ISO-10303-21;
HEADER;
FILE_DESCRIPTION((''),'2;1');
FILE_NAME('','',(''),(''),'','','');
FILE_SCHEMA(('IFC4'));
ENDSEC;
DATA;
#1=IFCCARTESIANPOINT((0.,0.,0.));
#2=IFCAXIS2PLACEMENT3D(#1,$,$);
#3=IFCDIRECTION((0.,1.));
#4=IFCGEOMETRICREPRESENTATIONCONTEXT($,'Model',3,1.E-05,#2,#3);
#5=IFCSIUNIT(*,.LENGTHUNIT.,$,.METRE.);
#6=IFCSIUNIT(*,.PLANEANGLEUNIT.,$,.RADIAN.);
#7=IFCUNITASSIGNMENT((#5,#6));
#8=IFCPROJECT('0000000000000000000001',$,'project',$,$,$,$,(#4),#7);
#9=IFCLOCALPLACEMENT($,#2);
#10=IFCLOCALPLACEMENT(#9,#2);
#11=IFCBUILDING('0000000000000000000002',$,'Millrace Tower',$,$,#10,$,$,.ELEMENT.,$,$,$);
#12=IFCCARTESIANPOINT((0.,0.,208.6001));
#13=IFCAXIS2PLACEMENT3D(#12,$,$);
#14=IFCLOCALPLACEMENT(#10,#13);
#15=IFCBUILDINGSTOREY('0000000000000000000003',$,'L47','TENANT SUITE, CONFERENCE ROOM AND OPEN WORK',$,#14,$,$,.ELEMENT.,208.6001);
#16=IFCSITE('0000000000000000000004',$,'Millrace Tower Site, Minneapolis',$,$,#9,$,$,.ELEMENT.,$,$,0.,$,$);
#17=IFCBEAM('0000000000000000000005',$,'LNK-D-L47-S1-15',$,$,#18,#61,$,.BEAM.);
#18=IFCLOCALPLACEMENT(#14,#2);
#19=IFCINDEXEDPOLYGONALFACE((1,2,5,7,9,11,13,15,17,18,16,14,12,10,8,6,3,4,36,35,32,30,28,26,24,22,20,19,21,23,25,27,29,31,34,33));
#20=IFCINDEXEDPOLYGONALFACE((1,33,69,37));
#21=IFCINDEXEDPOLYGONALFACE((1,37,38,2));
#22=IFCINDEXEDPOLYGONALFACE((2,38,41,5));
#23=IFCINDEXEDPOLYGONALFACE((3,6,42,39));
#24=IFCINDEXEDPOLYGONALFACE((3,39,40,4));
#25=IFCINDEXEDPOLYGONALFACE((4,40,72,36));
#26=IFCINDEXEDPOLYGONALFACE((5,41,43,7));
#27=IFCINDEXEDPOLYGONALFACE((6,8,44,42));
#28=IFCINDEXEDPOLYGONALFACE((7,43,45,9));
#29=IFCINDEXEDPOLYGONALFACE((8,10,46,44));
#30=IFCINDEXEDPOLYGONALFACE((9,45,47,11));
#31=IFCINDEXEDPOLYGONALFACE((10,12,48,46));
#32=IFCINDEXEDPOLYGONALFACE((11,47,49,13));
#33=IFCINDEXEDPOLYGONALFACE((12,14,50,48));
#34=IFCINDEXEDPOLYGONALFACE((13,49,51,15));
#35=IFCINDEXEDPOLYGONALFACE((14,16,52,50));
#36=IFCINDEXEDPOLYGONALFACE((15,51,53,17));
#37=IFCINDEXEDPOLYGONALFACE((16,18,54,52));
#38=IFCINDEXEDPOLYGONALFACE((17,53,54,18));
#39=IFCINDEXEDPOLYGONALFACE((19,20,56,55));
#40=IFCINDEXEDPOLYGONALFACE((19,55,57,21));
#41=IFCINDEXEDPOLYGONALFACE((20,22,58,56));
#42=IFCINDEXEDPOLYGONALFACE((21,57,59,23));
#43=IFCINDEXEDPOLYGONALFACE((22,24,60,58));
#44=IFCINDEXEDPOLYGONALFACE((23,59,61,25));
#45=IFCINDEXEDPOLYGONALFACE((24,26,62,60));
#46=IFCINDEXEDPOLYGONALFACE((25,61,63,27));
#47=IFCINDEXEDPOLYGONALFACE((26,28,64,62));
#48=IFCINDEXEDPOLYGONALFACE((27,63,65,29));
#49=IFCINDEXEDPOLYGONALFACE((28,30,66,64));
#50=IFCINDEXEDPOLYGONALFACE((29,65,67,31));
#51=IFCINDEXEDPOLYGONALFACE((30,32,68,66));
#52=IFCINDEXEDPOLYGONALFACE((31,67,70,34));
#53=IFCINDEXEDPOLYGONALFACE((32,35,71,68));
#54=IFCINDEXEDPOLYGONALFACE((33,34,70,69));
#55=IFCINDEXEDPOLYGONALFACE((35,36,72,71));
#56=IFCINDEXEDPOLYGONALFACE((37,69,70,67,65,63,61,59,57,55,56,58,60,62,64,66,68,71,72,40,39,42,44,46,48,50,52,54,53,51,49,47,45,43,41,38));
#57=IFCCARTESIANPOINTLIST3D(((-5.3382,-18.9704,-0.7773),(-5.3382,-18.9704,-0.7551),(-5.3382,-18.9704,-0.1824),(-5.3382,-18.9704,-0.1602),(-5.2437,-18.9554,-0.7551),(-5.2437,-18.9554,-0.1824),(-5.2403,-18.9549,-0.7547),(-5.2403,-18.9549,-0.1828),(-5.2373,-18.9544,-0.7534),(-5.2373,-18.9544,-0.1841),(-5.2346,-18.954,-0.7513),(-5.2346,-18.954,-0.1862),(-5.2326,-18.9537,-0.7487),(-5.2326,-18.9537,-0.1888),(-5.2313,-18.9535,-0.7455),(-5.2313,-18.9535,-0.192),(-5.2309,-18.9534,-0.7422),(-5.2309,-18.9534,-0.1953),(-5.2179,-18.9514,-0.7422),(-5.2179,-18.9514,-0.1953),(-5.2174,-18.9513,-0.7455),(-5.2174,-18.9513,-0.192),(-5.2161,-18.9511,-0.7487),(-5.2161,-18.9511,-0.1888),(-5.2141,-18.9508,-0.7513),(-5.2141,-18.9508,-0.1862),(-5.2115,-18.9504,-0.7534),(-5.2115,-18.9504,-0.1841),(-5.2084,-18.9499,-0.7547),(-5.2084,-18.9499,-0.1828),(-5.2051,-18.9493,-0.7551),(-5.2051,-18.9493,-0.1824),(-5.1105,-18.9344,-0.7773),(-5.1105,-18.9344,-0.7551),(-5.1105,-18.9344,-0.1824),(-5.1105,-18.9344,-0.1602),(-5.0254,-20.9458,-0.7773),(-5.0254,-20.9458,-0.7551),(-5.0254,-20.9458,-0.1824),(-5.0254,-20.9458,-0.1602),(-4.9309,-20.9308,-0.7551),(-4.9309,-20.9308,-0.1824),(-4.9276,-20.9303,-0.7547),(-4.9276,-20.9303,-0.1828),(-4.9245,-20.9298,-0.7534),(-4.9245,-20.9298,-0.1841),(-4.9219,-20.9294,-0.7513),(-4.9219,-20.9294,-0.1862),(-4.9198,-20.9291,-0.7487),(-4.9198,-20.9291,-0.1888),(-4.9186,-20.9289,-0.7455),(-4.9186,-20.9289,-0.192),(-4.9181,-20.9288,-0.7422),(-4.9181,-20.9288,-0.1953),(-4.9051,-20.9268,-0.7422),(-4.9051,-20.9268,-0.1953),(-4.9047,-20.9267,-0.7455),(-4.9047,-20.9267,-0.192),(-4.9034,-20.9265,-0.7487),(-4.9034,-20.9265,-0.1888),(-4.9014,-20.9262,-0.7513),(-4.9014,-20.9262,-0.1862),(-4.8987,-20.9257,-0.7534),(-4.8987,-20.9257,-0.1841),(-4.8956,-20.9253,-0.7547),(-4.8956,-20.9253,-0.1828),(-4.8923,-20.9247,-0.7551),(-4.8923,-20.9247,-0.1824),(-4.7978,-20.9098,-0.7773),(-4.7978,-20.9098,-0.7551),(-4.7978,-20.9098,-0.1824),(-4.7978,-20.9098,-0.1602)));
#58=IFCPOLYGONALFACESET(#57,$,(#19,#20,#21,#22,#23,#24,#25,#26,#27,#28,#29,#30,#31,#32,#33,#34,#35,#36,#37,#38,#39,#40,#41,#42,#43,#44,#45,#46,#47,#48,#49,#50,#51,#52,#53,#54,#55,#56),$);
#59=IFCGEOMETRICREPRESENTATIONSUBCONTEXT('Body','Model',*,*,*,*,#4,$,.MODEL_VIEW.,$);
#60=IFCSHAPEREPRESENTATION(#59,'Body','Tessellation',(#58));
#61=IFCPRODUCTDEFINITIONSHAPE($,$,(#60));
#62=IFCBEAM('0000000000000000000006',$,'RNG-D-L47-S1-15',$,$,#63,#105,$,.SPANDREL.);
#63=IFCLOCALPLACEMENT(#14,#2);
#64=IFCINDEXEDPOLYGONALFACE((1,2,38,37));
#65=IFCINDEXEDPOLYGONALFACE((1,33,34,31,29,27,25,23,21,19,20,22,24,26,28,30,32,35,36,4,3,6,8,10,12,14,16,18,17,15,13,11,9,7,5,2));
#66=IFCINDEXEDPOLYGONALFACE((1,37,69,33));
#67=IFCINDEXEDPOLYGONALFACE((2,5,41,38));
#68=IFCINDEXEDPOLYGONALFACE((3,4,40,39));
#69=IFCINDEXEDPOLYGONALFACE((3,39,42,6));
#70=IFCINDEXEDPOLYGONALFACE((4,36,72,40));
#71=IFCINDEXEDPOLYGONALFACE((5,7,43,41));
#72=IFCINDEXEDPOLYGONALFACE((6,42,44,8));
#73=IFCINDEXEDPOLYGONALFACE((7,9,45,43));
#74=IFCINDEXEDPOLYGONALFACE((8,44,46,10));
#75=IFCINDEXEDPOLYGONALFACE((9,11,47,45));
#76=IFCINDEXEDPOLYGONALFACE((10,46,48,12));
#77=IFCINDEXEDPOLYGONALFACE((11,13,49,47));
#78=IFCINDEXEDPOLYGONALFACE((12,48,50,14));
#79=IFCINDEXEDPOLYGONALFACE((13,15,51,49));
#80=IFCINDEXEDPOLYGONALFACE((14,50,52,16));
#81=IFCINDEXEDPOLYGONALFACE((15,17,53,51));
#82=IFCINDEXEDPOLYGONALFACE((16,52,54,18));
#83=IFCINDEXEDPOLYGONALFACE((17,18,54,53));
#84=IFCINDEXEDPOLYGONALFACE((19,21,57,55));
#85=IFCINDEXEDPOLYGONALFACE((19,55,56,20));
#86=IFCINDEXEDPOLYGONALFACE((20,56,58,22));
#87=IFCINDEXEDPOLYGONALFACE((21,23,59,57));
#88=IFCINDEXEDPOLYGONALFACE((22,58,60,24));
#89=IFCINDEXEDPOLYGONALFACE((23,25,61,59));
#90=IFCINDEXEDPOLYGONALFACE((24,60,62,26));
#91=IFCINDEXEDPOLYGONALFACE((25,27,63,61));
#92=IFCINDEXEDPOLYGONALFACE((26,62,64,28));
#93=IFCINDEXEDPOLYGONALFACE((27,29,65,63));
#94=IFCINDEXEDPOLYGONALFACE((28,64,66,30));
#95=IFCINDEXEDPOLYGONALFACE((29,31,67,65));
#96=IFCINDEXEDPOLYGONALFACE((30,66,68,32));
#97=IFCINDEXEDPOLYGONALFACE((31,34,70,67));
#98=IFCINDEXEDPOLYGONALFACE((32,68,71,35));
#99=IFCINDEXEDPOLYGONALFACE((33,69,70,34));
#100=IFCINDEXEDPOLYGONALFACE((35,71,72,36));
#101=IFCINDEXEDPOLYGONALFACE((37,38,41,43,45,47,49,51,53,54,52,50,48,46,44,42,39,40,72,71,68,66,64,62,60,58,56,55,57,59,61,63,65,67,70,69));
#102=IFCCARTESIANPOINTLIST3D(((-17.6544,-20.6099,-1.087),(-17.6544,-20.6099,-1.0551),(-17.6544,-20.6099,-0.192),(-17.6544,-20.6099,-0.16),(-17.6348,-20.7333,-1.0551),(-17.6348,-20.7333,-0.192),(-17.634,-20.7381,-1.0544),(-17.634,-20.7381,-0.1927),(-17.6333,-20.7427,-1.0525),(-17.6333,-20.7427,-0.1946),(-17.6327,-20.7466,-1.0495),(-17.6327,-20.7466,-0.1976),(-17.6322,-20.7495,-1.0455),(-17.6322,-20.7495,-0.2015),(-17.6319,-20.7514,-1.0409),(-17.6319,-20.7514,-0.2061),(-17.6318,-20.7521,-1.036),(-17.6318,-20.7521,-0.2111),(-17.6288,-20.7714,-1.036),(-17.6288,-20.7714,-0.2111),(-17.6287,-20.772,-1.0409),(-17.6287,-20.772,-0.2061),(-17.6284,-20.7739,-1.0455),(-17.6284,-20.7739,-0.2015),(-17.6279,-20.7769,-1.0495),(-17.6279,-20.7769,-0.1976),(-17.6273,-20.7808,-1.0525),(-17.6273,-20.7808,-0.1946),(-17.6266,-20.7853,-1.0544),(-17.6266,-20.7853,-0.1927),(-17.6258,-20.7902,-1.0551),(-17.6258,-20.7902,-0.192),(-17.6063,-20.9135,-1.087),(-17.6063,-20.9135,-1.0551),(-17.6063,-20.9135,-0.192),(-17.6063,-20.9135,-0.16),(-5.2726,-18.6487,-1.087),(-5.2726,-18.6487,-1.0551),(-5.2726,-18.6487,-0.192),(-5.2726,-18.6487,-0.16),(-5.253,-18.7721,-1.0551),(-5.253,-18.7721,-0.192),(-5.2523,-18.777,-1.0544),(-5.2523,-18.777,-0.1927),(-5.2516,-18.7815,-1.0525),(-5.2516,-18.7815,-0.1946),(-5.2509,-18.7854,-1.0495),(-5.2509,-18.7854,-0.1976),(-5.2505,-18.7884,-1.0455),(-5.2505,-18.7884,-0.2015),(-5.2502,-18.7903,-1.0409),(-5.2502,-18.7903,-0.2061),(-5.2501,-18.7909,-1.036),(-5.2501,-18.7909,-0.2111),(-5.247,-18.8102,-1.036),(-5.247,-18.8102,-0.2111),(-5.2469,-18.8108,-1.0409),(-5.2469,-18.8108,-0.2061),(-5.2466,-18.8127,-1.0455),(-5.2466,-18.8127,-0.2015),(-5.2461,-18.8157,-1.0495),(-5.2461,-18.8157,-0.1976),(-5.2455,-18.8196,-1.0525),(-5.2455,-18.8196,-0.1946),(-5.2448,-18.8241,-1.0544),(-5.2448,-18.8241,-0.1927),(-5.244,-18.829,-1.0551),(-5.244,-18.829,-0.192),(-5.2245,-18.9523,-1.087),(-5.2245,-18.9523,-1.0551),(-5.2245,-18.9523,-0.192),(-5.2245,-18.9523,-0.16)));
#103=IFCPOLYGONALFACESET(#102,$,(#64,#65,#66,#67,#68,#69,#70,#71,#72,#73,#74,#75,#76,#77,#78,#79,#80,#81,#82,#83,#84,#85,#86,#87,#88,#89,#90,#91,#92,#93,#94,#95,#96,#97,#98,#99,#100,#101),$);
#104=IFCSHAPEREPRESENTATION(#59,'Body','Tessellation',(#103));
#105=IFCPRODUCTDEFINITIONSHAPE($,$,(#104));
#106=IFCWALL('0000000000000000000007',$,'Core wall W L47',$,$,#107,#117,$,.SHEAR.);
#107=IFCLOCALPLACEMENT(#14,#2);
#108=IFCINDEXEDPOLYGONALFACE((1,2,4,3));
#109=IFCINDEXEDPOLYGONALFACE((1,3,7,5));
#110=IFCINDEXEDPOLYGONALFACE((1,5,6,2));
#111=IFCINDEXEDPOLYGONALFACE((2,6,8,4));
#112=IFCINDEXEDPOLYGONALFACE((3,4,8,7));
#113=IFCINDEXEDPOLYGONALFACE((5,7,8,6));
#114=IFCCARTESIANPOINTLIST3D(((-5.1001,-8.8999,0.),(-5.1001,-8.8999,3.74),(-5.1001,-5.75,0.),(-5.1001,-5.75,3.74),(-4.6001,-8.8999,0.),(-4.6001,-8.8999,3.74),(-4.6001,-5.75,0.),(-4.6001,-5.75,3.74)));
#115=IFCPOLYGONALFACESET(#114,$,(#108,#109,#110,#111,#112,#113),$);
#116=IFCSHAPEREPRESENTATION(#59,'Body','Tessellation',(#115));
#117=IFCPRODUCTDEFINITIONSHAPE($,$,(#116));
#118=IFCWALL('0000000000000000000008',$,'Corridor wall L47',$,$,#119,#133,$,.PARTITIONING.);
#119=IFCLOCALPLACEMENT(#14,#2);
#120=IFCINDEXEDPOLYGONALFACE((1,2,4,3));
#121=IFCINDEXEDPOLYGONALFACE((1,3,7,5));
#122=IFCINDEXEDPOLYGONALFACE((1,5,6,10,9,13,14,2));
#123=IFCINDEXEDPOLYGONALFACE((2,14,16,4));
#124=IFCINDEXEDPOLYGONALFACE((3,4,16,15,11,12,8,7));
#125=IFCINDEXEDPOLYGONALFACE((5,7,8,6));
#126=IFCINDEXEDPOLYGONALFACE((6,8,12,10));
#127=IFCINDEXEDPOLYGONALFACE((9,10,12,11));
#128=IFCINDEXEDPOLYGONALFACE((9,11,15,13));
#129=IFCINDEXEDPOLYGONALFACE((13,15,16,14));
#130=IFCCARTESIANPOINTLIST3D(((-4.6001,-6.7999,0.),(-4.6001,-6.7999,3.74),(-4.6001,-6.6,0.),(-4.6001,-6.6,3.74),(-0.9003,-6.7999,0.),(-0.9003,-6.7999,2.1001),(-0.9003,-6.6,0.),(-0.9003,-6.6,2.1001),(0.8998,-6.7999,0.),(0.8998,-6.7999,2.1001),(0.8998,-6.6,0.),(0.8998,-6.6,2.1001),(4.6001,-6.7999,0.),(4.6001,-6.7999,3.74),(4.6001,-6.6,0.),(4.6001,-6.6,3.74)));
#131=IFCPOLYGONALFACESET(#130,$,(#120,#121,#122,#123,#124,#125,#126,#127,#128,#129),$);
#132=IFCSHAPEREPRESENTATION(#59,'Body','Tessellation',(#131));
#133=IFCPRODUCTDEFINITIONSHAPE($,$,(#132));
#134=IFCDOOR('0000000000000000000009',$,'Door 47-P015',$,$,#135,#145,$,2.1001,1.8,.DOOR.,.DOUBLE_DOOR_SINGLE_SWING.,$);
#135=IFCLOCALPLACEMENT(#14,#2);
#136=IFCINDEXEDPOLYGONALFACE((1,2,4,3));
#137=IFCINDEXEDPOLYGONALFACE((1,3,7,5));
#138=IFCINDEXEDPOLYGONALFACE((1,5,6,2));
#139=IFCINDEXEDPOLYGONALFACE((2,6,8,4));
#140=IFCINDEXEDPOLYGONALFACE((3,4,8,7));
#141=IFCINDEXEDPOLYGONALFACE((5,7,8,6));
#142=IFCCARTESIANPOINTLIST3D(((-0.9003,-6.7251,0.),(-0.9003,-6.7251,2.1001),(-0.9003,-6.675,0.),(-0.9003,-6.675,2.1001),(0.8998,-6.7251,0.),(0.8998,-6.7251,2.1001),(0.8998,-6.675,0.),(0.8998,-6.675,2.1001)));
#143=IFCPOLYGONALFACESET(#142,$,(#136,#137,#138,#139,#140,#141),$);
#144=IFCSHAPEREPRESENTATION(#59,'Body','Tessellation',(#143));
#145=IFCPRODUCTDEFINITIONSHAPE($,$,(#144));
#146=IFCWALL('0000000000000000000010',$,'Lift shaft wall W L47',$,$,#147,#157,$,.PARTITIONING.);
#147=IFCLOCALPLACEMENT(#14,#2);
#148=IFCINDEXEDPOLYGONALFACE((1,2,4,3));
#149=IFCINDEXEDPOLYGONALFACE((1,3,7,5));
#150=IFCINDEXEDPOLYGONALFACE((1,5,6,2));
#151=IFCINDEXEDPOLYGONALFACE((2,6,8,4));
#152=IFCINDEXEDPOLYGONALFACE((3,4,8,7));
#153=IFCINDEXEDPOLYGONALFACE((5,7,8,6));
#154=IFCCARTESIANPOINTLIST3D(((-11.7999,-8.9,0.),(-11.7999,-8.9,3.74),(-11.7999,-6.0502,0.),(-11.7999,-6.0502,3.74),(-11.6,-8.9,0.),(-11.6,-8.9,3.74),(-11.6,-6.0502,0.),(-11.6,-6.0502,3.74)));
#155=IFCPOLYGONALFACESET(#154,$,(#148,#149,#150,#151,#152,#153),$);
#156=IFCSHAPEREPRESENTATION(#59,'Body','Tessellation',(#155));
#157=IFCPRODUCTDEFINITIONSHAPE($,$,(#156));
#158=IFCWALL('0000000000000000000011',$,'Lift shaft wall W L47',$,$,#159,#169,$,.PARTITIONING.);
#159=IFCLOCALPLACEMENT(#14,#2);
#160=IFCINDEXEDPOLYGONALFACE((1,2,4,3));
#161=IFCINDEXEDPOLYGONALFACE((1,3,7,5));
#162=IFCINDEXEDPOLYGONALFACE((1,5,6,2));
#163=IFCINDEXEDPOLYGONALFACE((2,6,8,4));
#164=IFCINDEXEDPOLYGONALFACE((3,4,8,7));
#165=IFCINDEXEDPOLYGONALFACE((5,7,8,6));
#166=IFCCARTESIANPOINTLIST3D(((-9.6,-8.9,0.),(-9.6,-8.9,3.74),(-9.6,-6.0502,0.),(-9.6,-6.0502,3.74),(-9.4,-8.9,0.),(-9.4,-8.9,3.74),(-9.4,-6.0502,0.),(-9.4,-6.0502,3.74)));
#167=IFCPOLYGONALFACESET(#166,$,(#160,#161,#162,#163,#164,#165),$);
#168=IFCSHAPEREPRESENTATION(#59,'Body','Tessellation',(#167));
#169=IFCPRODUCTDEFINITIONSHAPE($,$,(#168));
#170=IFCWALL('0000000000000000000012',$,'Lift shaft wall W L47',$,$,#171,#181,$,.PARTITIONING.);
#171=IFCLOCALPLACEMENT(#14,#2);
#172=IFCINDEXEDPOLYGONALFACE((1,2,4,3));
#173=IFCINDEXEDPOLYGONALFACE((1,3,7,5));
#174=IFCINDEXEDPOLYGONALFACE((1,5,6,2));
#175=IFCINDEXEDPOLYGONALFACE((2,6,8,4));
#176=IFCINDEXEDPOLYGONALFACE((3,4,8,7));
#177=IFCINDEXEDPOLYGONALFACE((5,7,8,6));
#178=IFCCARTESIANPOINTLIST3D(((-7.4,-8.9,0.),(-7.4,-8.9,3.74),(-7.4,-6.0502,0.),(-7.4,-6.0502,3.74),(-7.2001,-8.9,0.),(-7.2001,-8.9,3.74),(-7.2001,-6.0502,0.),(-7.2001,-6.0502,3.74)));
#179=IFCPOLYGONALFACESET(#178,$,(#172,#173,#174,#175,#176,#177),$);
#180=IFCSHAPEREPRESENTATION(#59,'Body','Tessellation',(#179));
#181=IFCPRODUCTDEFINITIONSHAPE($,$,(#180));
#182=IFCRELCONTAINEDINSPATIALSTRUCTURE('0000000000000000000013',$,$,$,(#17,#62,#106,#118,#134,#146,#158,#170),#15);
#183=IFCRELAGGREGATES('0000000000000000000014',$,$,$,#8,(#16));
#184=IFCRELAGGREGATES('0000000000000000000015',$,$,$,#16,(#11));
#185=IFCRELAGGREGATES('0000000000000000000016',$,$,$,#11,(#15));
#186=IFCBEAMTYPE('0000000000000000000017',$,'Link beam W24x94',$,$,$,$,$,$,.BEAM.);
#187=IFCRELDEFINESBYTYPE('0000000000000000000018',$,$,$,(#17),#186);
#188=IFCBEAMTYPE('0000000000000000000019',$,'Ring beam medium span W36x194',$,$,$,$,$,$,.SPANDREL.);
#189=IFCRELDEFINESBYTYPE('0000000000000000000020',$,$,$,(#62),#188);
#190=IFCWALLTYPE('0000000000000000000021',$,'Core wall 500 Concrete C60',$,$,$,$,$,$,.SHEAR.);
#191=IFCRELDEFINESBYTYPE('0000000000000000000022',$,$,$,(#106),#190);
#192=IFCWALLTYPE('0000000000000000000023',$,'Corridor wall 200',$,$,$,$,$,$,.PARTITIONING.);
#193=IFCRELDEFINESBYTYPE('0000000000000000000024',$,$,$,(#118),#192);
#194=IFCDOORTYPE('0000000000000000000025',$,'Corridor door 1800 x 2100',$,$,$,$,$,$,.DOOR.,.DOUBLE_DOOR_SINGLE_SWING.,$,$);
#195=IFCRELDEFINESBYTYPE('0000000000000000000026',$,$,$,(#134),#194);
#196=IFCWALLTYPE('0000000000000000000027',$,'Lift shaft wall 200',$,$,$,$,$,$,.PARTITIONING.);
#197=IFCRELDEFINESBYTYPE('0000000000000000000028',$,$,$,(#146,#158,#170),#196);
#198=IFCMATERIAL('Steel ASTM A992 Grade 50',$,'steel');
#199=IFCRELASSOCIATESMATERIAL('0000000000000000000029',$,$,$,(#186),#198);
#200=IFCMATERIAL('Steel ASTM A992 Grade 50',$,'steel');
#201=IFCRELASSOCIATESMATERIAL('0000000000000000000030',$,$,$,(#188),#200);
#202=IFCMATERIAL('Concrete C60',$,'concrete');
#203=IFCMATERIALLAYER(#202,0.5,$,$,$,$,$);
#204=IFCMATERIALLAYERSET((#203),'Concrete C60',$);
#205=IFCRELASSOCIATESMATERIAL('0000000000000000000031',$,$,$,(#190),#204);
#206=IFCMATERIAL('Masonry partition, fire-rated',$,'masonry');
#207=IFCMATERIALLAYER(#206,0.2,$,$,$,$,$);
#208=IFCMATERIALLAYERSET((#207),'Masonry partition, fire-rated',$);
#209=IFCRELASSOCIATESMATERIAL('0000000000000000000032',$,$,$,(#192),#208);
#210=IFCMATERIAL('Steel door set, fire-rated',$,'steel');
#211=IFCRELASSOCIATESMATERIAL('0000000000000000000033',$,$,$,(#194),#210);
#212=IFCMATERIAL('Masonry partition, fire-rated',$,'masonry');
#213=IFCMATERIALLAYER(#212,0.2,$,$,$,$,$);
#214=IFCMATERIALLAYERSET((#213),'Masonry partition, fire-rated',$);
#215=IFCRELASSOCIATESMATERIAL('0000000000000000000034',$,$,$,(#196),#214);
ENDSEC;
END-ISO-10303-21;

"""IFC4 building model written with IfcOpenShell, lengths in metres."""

from ifc_helpers import new_model, si_unit, direction, frame, frame_2d, origin, origin_2d, place, context, subcontext, project, spatial, rectangle, i_section, extrude, material, layer, layer_set, material_profile, profile_set, type_object, element, fill, save


model = new_model("IFC4")

# Units and contexts
model_context = context("Model", 3, precision=1e-05, world=origin(), true_north=direction((0.0, 1.0)))
body_context = subcontext(model_context, "Body", "Model", "MODEL_VIEW")
ifc_project = project(units=[si_unit("LENGTHUNIT", "METRE"), si_unit("PLANEANGLEUNIT", "RADIAN")], contexts=[model_context])

# Site, building, storey
site_placement = place(None, origin())
site = spatial("IfcSite", under=ifc_project, at=site_placement, Name="Millrace Tower Site, Minneapolis", CompositionType="ELEMENT", RefElevation=0.0)
building_placement = place(site_placement, origin())
building = spatial("IfcBuilding", under=site, at=building_placement, Name="Millrace Tower", CompositionType="ELEMENT")
storey_placement = place(building_placement, frame((0.0, 0.0, 208.6001)))
storey = spatial("IfcBuildingStorey", under=building, at=storey_placement, Name="L47", Description="TENANT SUITE, CONFERENCE ROOM AND OPEN WORK", CompositionType="ELEMENT", Elevation=208.6001)

# Beams
ifc_material_1 = material(Name="Steel ASTM A992 Grade 50", Category="steel")
ifc_material_profile_1 = material_profile(ifc_material_1, i_section(OverallWidth=0.2305, OverallDepth=0.6172, WebThickness=0.0132, FlangeThickness=0.0222, FilletRadius=0.0129, at=origin_2d()))
ifc_profile_set_1 = profile_set([ifc_material_profile_1], Name="Steel ASTM A992 Grade 50")
beam_type_1 = type_object("IfcBeamType", Name="Link beam W24x94", PredefinedType="BEAM", material=ifc_profile_set_1)
beam_1_placement = place(storey_placement, frame((-5.2244, -18.9524, -0.4688), z_axis=(0.156376, -0.987698, 0.0), x_axis=(0.987698, 0.156376, 0.0)))
element("IfcBeam", 1, at=beam_1_placement, inside=storey, type_object=beam_type_1, Name="LNK-D-L47-S1-15", PredefinedType="BEAM", context=body_context, shape_type="SweptSolid", body=[
    extrude(i_section(OverallWidth=0.2305, OverallDepth=0.6172, WebThickness=0.0132, FlangeThickness=0.0222, FilletRadius=0.0129, at=origin_2d()), origin(), (0.0, 0.0, 1.0), 2.0),
])
ifc_material_2 = material(Name="Steel ASTM A992 Grade 50", Category="steel")
ifc_material_profile_2 = material_profile(ifc_material_2, i_section(OverallWidth=0.3074, OverallDepth=0.927, WebThickness=0.0195, FlangeThickness=0.032, FilletRadius=0.019, at=origin_2d()))
ifc_profile_set_2 = profile_set([ifc_material_profile_2], Name="Steel ASTM A992 Grade 50")
beam_type_2 = type_object("IfcBeamType", Name="Ring beam medium span W36x194", PredefinedType="SPANDREL", material=ifc_profile_set_2)
beam_2_placement = place(storey_placement, frame((-5.2485, -18.8005, -0.6235), z_axis=(-0.987687, -0.156442, 0.0), x_axis=(0.156442, -0.987687, 0.0)))
element("IfcBeam", 2, at=beam_2_placement, inside=storey, type_object=beam_type_2, Name="RNG-D-L47-S1-15", PredefinedType="SPANDREL", context=body_context, shape_type="SweptSolid", body=[
    extrude(i_section(OverallWidth=0.3074, OverallDepth=0.927, WebThickness=0.0195, FlangeThickness=0.032, FilletRadius=0.019, at=origin_2d()), origin(), (0.0, 0.0, 1.0), 12.5361),
])

# Wall
ifc_material_3 = material(Name="Concrete C60", Category="concrete")
ifc_layer_1 = layer(ifc_material_3, 0.5)
ifc_layer_set_1 = layer_set([ifc_layer_1], Name="Concrete C60")
wall_type_1 = type_object("IfcWallType", Name="Core wall 500 Concrete C60", PredefinedType="SHEAR", material=ifc_layer_set_1)
wall_1_placement = place(storey_placement, frame((-4.8501, -8.8999, 0.0), z_axis=(0.0, 0.0, 1.0), x_axis=(0.0, 1.0, 0.0)))
element("IfcWall", 3, at=wall_1_placement, inside=storey, type_object=wall_type_1, Name="Core wall W L47", PredefinedType="SHEAR", context=body_context, shape_type="SweptSolid", body=[
    extrude(rectangle(XDim=3.1499, YDim=0.5, at=frame_2d((1.575, 0.0))), origin(), (0.0, 0.0, 1.0), 3.74),
])

# Wall, opening, door
ifc_material_4 = material(Name="Masonry partition, fire-rated", Category="masonry")
ifc_layer_2 = layer(ifc_material_4, 0.2)
ifc_layer_set_2 = layer_set([ifc_layer_2], Name="Masonry partition, fire-rated")
wall_type_2 = type_object("IfcWallType", Name="Corridor wall 200", PredefinedType="PARTITIONING", material=ifc_layer_set_2)
wall_2_placement = place(storey_placement, frame((-4.6001, -6.7, 0.0), z_axis=(0.0, 0.0, 1.0), x_axis=(1.0, 0.0, 0.0)))
wall_2 = element("IfcWall", 4, at=wall_2_placement, inside=storey, type_object=wall_type_2, Name="Corridor wall L47", PredefinedType="PARTITIONING", context=body_context, shape_type="SweptSolid", body=[
    extrude(rectangle(XDim=9.2002, YDim=0.2, at=frame_2d((4.6001, 0.0))), origin(), (0.0, 0.0, 1.0), 3.74),
])
opening_placement = place(wall_2_placement, frame((3.7, 0.0, 0.0)))
opening = element("IfcOpeningElement", 5, at=opening_placement, cuts=wall_2, PredefinedType="OPENING", context=body_context, shape_type="SweptSolid", body=[
    extrude(rectangle(XDim=1.8, YDim=2.1001, at=frame_2d((0.8999, 1.05))), frame((0.0, 0.1099, 0.0), z_axis=(0.0, -1.0, 0.0), x_axis=(1.0, 0.0, 0.0)), (0.0, 0.0, 1.0), 0.22),
])
ifc_material_5 = material(Name="Steel door set, fire-rated", Category="steel")
door_type = type_object("IfcDoorType", Name="Corridor door 1800 x 2100", OperationType="DOUBLE_DOOR_SINGLE_SWING", PredefinedType="DOOR", material=ifc_material_5)
door_placement = place(opening_placement, origin())
door = element("IfcDoor", 6, at=door_placement, inside=storey, type_object=door_type, Name="Door 47-P015", OperationType="DOUBLE_DOOR_SINGLE_SWING", OverallHeight=2.1001, OverallWidth=1.8, PredefinedType="DOOR", context=body_context, shape_type="SweptSolid", body=[
    extrude(rectangle(XDim=1.8, YDim=2.1001, at=frame_2d((0.8999, 1.05))), frame((0.0, 0.0249, 0.0), z_axis=(0.0, -1.0, 0.0), x_axis=(1.0, 0.0, 0.0)), (0.0, 0.0, 1.0), 0.05),
])
fill(opening, door)

# Walls
ifc_material_6 = material(Name="Masonry partition, fire-rated", Category="masonry")
ifc_layer_3 = layer(ifc_material_6, 0.2)
ifc_layer_set_3 = layer_set([ifc_layer_3], Name="Masonry partition, fire-rated")
wall_type_3 = type_object("IfcWallType", Name="Lift shaft wall 200", PredefinedType="PARTITIONING", material=ifc_layer_set_3)
for number, where, z_axis, x_axis, name in (
    (7, (-11.7, -8.8999, 0.0), (0.0, 0.0, 1.0), (0.0, 1.0, 0.0), "Lift shaft wall W L47"),
    (8, (-9.5, -8.8999, 0.0), (0.0, 0.0, 1.0), (0.0, 1.0, 0.0), "Lift shaft wall W L47"),
    (9, (-7.3, -8.8999, 0.0), (0.0, 0.0, 1.0), (0.0, 1.0, 0.0), "Lift shaft wall W L47"),
):
    element("IfcWall", number, at=place(storey_placement, frame(where, z_axis=z_axis, x_axis=x_axis)), inside=storey, type_object=wall_type_3, Name=name, PredefinedType="PARTITIONING", context=body_context, shape_type="SweptSolid", body=[
        extrude(rectangle(XDim=2.8499, YDim=0.2, at=frame_2d((1.4248, 0.0))), origin(), (0.0, 0.0, 1.0), 3.74),
    ])

save(model, "model.ifc")
